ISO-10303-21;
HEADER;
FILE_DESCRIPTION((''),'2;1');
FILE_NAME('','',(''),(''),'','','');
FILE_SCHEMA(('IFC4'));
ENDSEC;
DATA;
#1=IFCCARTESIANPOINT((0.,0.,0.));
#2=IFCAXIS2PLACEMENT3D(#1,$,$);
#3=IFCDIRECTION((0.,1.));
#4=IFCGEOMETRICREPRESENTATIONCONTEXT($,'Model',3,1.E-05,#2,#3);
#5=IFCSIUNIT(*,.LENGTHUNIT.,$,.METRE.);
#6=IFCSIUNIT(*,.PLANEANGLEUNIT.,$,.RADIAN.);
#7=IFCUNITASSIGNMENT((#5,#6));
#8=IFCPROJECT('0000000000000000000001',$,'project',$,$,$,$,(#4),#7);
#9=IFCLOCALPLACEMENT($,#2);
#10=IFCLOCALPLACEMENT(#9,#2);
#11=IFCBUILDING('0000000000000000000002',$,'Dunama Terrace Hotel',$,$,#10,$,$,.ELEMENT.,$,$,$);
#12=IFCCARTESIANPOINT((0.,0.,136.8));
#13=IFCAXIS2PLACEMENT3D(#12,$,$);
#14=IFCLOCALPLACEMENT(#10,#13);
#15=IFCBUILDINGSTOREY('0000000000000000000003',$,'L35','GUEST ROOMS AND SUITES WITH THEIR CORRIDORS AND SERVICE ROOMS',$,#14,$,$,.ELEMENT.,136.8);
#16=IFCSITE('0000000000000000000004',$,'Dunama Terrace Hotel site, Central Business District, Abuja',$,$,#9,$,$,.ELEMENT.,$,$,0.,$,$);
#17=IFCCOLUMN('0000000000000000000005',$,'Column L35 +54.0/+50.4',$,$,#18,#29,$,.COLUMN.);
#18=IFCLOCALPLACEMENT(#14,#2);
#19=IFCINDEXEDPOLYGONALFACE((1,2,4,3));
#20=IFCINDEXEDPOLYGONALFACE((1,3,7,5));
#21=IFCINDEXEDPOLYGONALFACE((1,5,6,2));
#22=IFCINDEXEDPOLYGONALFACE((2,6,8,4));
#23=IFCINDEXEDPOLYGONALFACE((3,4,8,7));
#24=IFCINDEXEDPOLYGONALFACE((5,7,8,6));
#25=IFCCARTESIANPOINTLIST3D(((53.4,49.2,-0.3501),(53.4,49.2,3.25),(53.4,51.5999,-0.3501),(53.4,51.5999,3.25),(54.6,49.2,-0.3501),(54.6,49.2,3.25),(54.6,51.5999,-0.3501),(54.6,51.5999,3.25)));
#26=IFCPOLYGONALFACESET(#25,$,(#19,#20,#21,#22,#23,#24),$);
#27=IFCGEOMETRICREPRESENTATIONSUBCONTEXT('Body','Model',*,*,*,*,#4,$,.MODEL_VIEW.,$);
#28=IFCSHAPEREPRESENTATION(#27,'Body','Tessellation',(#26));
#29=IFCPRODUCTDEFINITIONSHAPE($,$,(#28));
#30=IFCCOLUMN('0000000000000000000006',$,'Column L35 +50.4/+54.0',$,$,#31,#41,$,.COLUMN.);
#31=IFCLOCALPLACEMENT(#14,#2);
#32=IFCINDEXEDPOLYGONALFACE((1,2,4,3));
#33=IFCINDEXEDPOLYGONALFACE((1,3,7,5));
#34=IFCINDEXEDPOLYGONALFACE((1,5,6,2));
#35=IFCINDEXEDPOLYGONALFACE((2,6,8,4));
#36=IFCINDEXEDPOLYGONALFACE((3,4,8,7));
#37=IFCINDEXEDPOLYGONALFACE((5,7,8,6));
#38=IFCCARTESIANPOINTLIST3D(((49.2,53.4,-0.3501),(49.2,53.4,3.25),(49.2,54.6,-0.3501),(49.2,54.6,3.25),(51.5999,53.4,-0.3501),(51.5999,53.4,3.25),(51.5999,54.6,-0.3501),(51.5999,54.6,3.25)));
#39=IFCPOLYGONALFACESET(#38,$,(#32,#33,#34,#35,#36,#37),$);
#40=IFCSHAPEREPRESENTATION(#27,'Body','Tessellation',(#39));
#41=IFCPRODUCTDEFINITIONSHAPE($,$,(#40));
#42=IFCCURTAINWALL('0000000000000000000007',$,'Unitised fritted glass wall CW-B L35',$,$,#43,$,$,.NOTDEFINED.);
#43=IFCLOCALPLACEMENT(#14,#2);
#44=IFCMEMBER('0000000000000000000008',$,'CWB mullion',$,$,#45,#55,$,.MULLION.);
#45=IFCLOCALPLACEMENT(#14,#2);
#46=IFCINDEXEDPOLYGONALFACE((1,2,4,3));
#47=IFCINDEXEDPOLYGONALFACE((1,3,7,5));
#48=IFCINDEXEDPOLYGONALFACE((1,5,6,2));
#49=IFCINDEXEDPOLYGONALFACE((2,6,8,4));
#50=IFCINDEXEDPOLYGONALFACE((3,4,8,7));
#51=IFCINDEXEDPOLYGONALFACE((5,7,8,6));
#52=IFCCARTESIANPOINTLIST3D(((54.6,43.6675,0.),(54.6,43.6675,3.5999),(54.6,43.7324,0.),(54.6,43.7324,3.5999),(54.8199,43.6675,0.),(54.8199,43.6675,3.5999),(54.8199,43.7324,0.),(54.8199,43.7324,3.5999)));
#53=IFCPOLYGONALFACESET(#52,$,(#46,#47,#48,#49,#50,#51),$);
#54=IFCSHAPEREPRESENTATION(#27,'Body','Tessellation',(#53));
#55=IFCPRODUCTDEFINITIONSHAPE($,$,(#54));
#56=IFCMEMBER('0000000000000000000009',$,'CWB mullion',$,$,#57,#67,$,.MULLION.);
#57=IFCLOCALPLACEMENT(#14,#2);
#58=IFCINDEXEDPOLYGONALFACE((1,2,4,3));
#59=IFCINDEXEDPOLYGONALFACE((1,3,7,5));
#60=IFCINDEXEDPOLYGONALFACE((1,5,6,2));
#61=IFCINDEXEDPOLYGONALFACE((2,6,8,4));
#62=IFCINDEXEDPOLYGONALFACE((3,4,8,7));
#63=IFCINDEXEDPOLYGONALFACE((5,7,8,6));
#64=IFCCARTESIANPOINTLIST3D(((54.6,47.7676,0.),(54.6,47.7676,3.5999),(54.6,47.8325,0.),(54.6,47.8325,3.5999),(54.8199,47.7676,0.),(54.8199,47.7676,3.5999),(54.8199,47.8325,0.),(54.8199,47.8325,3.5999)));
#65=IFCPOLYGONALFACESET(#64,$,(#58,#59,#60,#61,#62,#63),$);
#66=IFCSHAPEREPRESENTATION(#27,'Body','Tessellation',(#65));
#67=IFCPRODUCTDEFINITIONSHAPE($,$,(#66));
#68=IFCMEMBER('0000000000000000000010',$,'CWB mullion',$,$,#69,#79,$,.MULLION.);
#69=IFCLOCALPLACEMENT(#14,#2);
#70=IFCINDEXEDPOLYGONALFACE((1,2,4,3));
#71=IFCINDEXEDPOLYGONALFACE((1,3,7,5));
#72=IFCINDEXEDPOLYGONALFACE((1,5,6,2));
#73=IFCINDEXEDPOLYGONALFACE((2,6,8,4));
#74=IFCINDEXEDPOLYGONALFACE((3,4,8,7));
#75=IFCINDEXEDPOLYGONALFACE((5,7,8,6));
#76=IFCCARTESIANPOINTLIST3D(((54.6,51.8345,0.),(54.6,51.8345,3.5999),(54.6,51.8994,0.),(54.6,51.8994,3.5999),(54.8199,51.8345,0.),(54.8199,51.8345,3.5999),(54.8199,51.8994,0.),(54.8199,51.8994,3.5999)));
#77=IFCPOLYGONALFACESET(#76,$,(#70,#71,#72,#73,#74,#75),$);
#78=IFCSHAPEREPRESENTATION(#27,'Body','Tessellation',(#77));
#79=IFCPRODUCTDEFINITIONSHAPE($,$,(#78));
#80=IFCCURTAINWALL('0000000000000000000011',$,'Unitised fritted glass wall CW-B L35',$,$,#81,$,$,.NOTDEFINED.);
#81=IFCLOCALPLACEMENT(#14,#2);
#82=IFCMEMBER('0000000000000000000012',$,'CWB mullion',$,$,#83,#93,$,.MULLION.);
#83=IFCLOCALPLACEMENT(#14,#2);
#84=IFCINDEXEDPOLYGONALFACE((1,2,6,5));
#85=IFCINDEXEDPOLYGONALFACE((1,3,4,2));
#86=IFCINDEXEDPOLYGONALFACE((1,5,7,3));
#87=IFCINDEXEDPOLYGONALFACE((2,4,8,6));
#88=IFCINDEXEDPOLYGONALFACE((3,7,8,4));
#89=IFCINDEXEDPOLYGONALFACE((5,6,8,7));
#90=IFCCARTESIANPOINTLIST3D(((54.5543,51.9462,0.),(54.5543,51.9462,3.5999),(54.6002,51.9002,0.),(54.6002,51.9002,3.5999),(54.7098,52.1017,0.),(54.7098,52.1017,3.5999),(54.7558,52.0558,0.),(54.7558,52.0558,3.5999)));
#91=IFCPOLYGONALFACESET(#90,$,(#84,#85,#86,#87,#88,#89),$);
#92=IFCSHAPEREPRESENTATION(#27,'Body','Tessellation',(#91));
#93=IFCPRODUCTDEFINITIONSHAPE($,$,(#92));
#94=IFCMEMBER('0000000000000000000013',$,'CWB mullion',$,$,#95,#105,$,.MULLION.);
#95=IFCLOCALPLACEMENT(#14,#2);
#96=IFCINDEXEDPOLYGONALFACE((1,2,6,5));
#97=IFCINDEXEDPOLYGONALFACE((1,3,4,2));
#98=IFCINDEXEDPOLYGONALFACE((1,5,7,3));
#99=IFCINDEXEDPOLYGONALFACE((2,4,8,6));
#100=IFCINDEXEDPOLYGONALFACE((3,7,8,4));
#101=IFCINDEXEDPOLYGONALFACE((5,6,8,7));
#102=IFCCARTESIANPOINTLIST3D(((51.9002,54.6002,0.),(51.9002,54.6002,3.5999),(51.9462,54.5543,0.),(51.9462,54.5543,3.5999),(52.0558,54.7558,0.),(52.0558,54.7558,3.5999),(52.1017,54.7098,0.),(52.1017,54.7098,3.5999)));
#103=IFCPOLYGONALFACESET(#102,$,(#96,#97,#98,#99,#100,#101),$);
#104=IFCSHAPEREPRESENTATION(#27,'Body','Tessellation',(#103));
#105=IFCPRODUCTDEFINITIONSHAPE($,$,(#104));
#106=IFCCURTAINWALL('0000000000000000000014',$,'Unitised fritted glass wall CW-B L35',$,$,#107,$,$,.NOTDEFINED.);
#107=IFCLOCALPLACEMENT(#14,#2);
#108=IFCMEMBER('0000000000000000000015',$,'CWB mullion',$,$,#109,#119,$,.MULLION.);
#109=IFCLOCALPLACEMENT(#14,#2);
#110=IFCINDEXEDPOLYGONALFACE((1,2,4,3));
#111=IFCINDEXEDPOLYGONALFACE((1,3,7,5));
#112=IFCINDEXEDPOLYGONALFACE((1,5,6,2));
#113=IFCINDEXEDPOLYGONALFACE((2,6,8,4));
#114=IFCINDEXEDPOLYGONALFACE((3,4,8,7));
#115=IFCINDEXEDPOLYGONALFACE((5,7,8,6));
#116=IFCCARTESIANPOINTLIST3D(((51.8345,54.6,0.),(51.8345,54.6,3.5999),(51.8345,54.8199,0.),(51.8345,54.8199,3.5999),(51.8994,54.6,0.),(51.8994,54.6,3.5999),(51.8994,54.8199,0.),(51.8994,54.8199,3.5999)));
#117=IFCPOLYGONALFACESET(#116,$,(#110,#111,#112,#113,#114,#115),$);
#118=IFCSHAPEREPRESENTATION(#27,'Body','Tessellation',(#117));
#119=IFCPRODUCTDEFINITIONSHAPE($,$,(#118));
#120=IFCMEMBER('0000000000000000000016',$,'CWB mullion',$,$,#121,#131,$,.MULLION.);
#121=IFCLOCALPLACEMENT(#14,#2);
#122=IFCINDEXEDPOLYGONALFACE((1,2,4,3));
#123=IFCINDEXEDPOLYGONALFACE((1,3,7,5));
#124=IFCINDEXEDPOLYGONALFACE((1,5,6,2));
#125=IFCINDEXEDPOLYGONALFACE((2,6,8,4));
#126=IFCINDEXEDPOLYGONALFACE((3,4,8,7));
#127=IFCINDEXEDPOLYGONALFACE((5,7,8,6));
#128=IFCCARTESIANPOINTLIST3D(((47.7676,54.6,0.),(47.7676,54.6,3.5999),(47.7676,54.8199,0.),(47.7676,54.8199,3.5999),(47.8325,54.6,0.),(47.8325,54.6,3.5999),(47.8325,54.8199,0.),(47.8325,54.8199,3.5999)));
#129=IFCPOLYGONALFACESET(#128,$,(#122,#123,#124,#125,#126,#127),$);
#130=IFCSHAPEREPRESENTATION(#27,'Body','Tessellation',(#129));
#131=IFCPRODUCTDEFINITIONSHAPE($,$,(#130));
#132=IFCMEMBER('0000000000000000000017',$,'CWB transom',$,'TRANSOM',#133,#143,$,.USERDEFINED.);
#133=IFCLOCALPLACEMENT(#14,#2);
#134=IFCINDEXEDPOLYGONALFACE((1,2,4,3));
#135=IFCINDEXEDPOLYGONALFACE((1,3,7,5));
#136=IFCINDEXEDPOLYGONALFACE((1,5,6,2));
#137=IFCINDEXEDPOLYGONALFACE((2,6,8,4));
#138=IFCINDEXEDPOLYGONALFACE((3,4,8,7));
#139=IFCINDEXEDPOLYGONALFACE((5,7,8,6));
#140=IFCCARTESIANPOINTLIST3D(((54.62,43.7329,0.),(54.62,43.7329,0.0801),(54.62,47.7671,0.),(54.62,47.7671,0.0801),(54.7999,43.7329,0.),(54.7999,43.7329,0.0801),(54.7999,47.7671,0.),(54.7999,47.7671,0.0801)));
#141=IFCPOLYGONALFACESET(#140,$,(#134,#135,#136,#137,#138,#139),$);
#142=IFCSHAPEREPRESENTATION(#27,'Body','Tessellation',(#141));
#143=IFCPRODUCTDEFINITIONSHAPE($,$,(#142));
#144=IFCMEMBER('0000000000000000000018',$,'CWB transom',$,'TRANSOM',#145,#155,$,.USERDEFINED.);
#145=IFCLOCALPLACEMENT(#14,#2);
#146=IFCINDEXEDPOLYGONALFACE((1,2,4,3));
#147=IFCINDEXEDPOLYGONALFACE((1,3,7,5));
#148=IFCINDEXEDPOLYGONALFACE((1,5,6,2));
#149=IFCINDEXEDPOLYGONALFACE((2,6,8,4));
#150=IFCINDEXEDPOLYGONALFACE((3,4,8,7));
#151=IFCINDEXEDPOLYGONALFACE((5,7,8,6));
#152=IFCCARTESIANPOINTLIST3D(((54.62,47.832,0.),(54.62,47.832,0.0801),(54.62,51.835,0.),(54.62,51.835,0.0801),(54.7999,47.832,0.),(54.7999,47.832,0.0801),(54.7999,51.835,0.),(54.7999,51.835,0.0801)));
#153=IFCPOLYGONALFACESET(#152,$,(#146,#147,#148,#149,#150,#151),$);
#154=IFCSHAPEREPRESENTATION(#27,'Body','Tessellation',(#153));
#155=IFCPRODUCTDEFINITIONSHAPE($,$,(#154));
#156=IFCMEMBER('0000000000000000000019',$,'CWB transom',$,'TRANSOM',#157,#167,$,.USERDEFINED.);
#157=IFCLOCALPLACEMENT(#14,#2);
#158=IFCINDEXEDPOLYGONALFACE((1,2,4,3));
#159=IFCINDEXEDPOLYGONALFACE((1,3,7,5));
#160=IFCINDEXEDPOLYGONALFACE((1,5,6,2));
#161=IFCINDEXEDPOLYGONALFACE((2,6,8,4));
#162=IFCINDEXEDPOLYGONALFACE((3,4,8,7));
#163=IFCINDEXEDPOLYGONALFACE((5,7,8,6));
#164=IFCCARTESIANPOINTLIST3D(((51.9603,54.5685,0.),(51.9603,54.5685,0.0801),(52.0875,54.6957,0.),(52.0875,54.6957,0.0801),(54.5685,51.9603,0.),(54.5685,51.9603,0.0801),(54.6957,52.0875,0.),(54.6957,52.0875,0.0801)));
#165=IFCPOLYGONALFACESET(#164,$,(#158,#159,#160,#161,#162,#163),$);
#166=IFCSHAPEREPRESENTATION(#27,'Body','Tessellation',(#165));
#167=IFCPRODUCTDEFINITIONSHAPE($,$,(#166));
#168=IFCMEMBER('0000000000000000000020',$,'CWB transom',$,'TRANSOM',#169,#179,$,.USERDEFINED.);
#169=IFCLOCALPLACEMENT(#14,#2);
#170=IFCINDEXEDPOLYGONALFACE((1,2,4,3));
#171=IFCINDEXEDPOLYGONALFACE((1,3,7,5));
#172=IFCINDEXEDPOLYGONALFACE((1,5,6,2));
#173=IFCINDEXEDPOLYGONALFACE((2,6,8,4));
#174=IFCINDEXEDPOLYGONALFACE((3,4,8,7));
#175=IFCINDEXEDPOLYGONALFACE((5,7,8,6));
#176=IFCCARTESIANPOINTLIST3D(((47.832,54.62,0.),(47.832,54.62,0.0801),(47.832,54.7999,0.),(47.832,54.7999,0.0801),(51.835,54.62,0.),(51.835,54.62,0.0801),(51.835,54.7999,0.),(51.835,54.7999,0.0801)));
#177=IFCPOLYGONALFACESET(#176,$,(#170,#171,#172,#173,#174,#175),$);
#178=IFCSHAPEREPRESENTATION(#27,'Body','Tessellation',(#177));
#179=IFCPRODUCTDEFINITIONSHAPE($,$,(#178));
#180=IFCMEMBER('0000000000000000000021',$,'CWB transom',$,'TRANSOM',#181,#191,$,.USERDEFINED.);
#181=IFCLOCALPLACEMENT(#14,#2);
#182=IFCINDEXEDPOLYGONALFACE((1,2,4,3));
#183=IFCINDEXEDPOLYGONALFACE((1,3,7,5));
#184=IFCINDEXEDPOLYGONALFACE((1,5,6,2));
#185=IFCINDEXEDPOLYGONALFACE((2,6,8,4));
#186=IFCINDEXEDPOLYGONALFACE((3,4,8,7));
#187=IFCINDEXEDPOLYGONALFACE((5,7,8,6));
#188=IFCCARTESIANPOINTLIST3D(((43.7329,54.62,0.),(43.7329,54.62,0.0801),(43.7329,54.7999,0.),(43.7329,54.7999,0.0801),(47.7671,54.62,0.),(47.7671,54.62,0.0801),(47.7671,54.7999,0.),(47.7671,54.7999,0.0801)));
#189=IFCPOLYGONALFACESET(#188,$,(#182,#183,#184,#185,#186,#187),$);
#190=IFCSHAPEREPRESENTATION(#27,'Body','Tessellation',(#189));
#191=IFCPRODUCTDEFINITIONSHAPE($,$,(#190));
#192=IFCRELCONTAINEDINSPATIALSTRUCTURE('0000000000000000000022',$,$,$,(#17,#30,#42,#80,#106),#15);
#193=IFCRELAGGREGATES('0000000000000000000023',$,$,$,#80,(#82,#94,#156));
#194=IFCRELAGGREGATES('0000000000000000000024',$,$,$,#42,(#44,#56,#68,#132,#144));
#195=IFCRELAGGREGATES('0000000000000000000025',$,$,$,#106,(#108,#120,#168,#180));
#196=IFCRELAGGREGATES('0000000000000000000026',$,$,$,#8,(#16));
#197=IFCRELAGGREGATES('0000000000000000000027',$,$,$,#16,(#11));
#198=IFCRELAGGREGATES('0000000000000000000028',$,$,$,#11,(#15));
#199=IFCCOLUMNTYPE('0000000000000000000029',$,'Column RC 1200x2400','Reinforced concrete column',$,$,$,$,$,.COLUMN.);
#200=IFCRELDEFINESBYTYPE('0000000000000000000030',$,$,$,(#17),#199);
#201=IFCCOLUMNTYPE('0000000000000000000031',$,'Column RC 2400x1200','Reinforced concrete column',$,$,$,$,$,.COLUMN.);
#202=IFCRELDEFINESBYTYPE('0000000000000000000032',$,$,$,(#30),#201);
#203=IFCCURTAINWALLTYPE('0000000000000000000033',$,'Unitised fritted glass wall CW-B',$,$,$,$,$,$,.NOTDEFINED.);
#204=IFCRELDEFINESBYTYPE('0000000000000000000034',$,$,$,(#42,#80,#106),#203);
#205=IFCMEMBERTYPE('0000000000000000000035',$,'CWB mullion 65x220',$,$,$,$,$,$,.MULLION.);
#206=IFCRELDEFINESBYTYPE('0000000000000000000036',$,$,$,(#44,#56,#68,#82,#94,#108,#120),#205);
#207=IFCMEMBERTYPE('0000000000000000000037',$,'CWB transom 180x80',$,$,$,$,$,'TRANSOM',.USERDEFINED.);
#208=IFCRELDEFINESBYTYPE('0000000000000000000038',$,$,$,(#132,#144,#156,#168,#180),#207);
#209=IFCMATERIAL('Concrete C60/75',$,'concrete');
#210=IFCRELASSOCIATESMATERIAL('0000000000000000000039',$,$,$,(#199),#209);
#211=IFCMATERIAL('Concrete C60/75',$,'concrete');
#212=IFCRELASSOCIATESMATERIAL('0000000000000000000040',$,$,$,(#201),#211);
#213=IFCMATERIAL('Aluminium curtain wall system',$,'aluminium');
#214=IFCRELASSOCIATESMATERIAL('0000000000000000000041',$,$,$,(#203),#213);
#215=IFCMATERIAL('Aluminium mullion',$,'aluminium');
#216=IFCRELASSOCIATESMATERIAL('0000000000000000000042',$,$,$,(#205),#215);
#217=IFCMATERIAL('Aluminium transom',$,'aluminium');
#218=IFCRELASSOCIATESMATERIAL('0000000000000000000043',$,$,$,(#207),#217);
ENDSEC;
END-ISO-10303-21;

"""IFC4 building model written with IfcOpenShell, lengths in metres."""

from ifc_helpers import new_model, si_unit, direction, frame, origin, origin_2d, place, context, subcontext, project, spatial, rectangle, extrude, material, material_profile, profile_set, type_object, element, aggregate, save


model = new_model("IFC4")

# Units and contexts
model_context = context("Model", 3, precision=1e-05, world=origin(), true_north=direction((0.0, 1.0)))
body_context = subcontext(model_context, "Body", "Model", "MODEL_VIEW")
ifc_project = project(units=[si_unit("LENGTHUNIT", "METRE"), si_unit("PLANEANGLEUNIT", "RADIAN")], contexts=[model_context])

# Site, building, storey
site_placement = place(None, origin())
site = spatial("IfcSite", under=ifc_project, at=site_placement, Name="Dunama Terrace Hotel site, Central Business District, Abuja", CompositionType="ELEMENT", RefElevation=0.0)
building_placement = place(site_placement, origin())
building = spatial("IfcBuilding", under=site, at=building_placement, Name="Dunama Terrace Hotel", CompositionType="ELEMENT")
storey_placement = place(building_placement, frame((0.0, 0.0, 136.8)))
storey = spatial("IfcBuildingStorey", under=building, at=storey_placement, Name="L35", Description="GUEST ROOMS AND SUITES WITH THEIR CORRIDORS AND SERVICE ROOMS", CompositionType="ELEMENT", Elevation=136.8)

# Columns
ifc_material_1 = material(Name="Concrete C60/75", Category="concrete")
ifc_material_profile_1 = material_profile(ifc_material_1, rectangle(XDim=1.2, YDim=2.3999, at=origin_2d()), Name="RC 1200x2400")
ifc_profile_set_1 = profile_set([ifc_material_profile_1], Name="Concrete C60/75")
column_type_1 = type_object("IfcColumnType", Name="Column RC 1200x2400", Description="Reinforced concrete column", PredefinedType="COLUMN", material=ifc_profile_set_1)
column_1_placement = place(storey_placement, frame((54.0, 50.3999, -0.3501), z_axis=(0.0, 0.0, 1.0), x_axis=(1.0, 0.0, 0.0)))
element("IfcColumn", 1, at=column_1_placement, inside=storey, type_object=column_type_1, Name="Column L35 +54.0/+50.4", PredefinedType="COLUMN", context=body_context, shape_type="SweptSolid", body=[
    extrude(rectangle(XDim=1.2, YDim=2.3999, at=origin_2d()), origin(), (0.0, 0.0, 1.0), 3.6001),
])
ifc_material_2 = material(Name="Concrete C60/75", Category="concrete")
ifc_material_profile_2 = material_profile(ifc_material_2, rectangle(XDim=2.3999, YDim=1.2, at=origin_2d()), Name="RC 2400x1200")
ifc_profile_set_2 = profile_set([ifc_material_profile_2], Name="Concrete C60/75")
column_type_2 = type_object("IfcColumnType", Name="Column RC 2400x1200", Description="Reinforced concrete column", PredefinedType="COLUMN", material=ifc_profile_set_2)
column_2_placement = place(storey_placement, frame((50.3999, 54.0, -0.3501), z_axis=(0.0, 0.0, 1.0), x_axis=(1.0, 0.0, 0.0)))
element("IfcColumn", 2, at=column_2_placement, inside=storey, type_object=column_type_2, Name="Column L35 +50.4/+54.0", PredefinedType="COLUMN", context=body_context, shape_type="SweptSolid", body=[
    extrude(rectangle(XDim=2.3999, YDim=1.2, at=origin_2d()), origin(), (0.0, 0.0, 1.0), 3.6001),
])

# Curtain walls, members
ifc_material_3 = material(Name="Aluminium curtain wall system", Category="aluminium")
curtain_wall_type = type_object("IfcCurtainWallType", Name="Unitised fritted glass wall CW-B", PredefinedType="NOTDEFINED", material=ifc_material_3)
curtain_wall_1_placement = place(storey_placement, origin())
curtain_wall_1 = element("IfcCurtainWall", 3, at=curtain_wall_1_placement, inside=storey, type_object=curtain_wall_type, Name="Unitised fritted glass wall CW-B L35", PredefinedType="NOTDEFINED")
ifc_material_4 = material(Name="Aluminium mullion", Category="aluminium")
ifc_material_profile_3 = material_profile(ifc_material_4, rectangle(XDim=0.0649, YDim=0.22, at=origin_2d()), Name="CWB MULLION 65X220")
ifc_profile_set_3 = profile_set([ifc_material_profile_3], Name="Aluminium mullion")
member_type_1 = type_object("IfcMemberType", Name="CWB mullion 65x220", PredefinedType="MULLION", material=ifc_profile_set_3)
member_1_placement = place(storey_placement, frame((54.71, 43.7, 0.0), z_axis=(0.0, 0.0, 1.0), x_axis=(0.0, 1.0, 0.0)))
member_1 = element("IfcMember", 4, at=member_1_placement, type_object=member_type_1, Name="CWB mullion", PredefinedType="MULLION", context=body_context, shape_type="SweptSolid", body=[
    extrude(rectangle(XDim=0.0649, YDim=0.22, at=origin_2d()), origin(), (0.0, 0.0, 1.0), 3.5999),
])
member_2_placement = place(storey_placement, frame((54.71, 47.8, 0.0), z_axis=(0.0, 0.0, 1.0), x_axis=(0.0, 1.0, 0.0)))
member_2 = element("IfcMember", 5, at=member_2_placement, type_object=member_type_1, Name="CWB mullion", PredefinedType="MULLION", context=body_context, shape_type="SweptSolid", body=[
    extrude(rectangle(XDim=0.0649, YDim=0.22, at=origin_2d()), origin(), (0.0, 0.0, 1.0), 3.5999),
])
member_3_placement = place(storey_placement, frame((54.71, 51.8669, 0.0), z_axis=(0.0, 0.0, 1.0), x_axis=(0.0, 1.0, 0.0)))
member_3 = element("IfcMember", 6, at=member_3_placement, type_object=member_type_1, Name="CWB mullion", PredefinedType="MULLION", context=body_context, shape_type="SweptSolid", body=[
    extrude(rectangle(XDim=0.0649, YDim=0.22, at=origin_2d()), origin(), (0.0, 0.0, 1.0), 3.5999),
])
curtain_wall_2_placement = place(storey_placement, origin())
curtain_wall_2 = element("IfcCurtainWall", 7, at=curtain_wall_2_placement, inside=storey, type_object=curtain_wall_type, Name="Unitised fritted glass wall CW-B L35", PredefinedType="NOTDEFINED")
member_4_placement = place(storey_placement, frame((54.655, 52.001, 0.0), z_axis=(0.0, 0.0, 1.0), x_axis=(-0.707107, 0.707107, 0.0)))
member_4 = element("IfcMember", 8, at=member_4_placement, type_object=member_type_1, Name="CWB mullion", PredefinedType="MULLION", context=body_context, shape_type="SweptSolid", body=[
    extrude(rectangle(XDim=0.0649, YDim=0.22, at=origin_2d()), origin(), (0.0, 0.0, 1.0), 3.5999),
])
member_5_placement = place(storey_placement, frame((52.001, 54.655, 0.0), z_axis=(0.0, 0.0, 1.0), x_axis=(-0.707107, 0.707107, 0.0)))
member_5 = element("IfcMember", 9, at=member_5_placement, type_object=member_type_1, Name="CWB mullion", PredefinedType="MULLION", context=body_context, shape_type="SweptSolid", body=[
    extrude(rectangle(XDim=0.0649, YDim=0.22, at=origin_2d()), origin(), (0.0, 0.0, 1.0), 3.5999),
])
curtain_wall_3_placement = place(storey_placement, origin())
curtain_wall_3 = element("IfcCurtainWall", 10, at=curtain_wall_3_placement, inside=storey, type_object=curtain_wall_type, Name="Unitised fritted glass wall CW-B L35", PredefinedType="NOTDEFINED")
member_6_placement = place(storey_placement, frame((51.8669, 54.71, 0.0), z_axis=(0.0, 0.0, 1.0), x_axis=(-1.0, 0.0, 0.0)))
member_6 = element("IfcMember", 11, at=member_6_placement, type_object=member_type_1, Name="CWB mullion", PredefinedType="MULLION", context=body_context, shape_type="SweptSolid", body=[
    extrude(rectangle(XDim=0.0649, YDim=0.22, at=origin_2d()), origin(), (0.0, 0.0, 1.0), 3.5999),
])
member_7_placement = place(storey_placement, frame((47.8, 54.71, 0.0), z_axis=(0.0, 0.0, 1.0), x_axis=(-1.0, 0.0, 0.0)))
member_7 = element("IfcMember", 12, at=member_7_placement, type_object=member_type_1, Name="CWB mullion", PredefinedType="MULLION", context=body_context, shape_type="SweptSolid", body=[
    extrude(rectangle(XDim=0.0649, YDim=0.22, at=origin_2d()), origin(), (0.0, 0.0, 1.0), 3.5999),
])

# Members
ifc_material_5 = material(Name="Aluminium transom", Category="aluminium")
ifc_material_profile_4 = material_profile(ifc_material_5, rectangle(XDim=0.1799, YDim=0.0801, at=origin_2d()), Name="CWB TRANSOM 180X80")
ifc_profile_set_4 = profile_set([ifc_material_profile_4], Name="Aluminium transom")
member_type_2 = type_object("IfcMemberType", Name="CWB transom 180x80", ElementType="TRANSOM", PredefinedType="USERDEFINED", material=ifc_profile_set_4)
member_8_placement = place(storey_placement, frame((54.71, 43.7329, 0.04), z_axis=(0.0, 1.0, 0.0), x_axis=(-1.0, 0.0, 0.0)))
member_8 = element("IfcMember", 13, at=member_8_placement, type_object=member_type_2, Name="CWB transom", ObjectType="TRANSOM", PredefinedType="USERDEFINED", context=body_context, shape_type="SweptSolid", body=[
    extrude(rectangle(XDim=0.1799, YDim=0.0801, at=origin_2d()), origin(), (0.0, 0.0, 1.0), 4.0342),
])
member_9_placement = place(storey_placement, frame((54.71, 47.832, 0.04), z_axis=(0.0, 1.0, 0.0), x_axis=(-1.0, 0.0, 0.0)))
member_9 = element("IfcMember", 14, at=member_9_placement, type_object=member_type_2, Name="CWB transom", ObjectType="TRANSOM", PredefinedType="USERDEFINED", context=body_context, shape_type="SweptSolid", body=[
    extrude(rectangle(XDim=0.1799, YDim=0.0801, at=origin_2d()), origin(), (0.0, 0.0, 1.0), 4.0029),
])
member_10_placement = place(storey_placement, frame((54.6321, 52.0239, 0.04), z_axis=(-0.707107, 0.707107, 0.0), x_axis=(-0.707107, -0.707107, 0.0)))
member_10 = element("IfcMember", 15, at=member_10_placement, type_object=member_type_2, Name="CWB transom", ObjectType="TRANSOM", PredefinedType="USERDEFINED", context=body_context, shape_type="SweptSolid", body=[
    extrude(rectangle(XDim=0.1799, YDim=0.0801, at=origin_2d()), origin(), (0.0, 0.0, 1.0), 3.6885),
])
member_11_placement = place(storey_placement, frame((51.835, 54.71, 0.04), z_axis=(-1.0, 0.0, 0.0), x_axis=(0.0, -1.0, 0.0)))
member_11 = element("IfcMember", 16, at=member_11_placement, type_object=member_type_2, Name="CWB transom", ObjectType="TRANSOM", PredefinedType="USERDEFINED", context=body_context, shape_type="SweptSolid", body=[
    extrude(rectangle(XDim=0.1799, YDim=0.0801, at=origin_2d()), origin(), (0.0, 0.0, 1.0), 4.0029),
])
member_12_placement = place(storey_placement, frame((47.7671, 54.71, 0.04), z_axis=(-1.0, 0.0, 0.0), x_axis=(0.0, -1.0, 0.0)))
member_12 = element("IfcMember", 17, at=member_12_placement, type_object=member_type_2, Name="CWB transom", ObjectType="TRANSOM", PredefinedType="USERDEFINED", context=body_context, shape_type="SweptSolid", body=[
    extrude(rectangle(XDim=0.1799, YDim=0.0801, at=origin_2d()), origin(), (0.0, 0.0, 1.0), 4.0342),
])

aggregate(curtain_wall_2, [member_4, member_5, member_10])
aggregate(curtain_wall_1, [member_1, member_2, member_3, member_8, member_9])
aggregate(curtain_wall_3, [member_6, member_7, member_11, member_12])

save(model, "model.ifc")
